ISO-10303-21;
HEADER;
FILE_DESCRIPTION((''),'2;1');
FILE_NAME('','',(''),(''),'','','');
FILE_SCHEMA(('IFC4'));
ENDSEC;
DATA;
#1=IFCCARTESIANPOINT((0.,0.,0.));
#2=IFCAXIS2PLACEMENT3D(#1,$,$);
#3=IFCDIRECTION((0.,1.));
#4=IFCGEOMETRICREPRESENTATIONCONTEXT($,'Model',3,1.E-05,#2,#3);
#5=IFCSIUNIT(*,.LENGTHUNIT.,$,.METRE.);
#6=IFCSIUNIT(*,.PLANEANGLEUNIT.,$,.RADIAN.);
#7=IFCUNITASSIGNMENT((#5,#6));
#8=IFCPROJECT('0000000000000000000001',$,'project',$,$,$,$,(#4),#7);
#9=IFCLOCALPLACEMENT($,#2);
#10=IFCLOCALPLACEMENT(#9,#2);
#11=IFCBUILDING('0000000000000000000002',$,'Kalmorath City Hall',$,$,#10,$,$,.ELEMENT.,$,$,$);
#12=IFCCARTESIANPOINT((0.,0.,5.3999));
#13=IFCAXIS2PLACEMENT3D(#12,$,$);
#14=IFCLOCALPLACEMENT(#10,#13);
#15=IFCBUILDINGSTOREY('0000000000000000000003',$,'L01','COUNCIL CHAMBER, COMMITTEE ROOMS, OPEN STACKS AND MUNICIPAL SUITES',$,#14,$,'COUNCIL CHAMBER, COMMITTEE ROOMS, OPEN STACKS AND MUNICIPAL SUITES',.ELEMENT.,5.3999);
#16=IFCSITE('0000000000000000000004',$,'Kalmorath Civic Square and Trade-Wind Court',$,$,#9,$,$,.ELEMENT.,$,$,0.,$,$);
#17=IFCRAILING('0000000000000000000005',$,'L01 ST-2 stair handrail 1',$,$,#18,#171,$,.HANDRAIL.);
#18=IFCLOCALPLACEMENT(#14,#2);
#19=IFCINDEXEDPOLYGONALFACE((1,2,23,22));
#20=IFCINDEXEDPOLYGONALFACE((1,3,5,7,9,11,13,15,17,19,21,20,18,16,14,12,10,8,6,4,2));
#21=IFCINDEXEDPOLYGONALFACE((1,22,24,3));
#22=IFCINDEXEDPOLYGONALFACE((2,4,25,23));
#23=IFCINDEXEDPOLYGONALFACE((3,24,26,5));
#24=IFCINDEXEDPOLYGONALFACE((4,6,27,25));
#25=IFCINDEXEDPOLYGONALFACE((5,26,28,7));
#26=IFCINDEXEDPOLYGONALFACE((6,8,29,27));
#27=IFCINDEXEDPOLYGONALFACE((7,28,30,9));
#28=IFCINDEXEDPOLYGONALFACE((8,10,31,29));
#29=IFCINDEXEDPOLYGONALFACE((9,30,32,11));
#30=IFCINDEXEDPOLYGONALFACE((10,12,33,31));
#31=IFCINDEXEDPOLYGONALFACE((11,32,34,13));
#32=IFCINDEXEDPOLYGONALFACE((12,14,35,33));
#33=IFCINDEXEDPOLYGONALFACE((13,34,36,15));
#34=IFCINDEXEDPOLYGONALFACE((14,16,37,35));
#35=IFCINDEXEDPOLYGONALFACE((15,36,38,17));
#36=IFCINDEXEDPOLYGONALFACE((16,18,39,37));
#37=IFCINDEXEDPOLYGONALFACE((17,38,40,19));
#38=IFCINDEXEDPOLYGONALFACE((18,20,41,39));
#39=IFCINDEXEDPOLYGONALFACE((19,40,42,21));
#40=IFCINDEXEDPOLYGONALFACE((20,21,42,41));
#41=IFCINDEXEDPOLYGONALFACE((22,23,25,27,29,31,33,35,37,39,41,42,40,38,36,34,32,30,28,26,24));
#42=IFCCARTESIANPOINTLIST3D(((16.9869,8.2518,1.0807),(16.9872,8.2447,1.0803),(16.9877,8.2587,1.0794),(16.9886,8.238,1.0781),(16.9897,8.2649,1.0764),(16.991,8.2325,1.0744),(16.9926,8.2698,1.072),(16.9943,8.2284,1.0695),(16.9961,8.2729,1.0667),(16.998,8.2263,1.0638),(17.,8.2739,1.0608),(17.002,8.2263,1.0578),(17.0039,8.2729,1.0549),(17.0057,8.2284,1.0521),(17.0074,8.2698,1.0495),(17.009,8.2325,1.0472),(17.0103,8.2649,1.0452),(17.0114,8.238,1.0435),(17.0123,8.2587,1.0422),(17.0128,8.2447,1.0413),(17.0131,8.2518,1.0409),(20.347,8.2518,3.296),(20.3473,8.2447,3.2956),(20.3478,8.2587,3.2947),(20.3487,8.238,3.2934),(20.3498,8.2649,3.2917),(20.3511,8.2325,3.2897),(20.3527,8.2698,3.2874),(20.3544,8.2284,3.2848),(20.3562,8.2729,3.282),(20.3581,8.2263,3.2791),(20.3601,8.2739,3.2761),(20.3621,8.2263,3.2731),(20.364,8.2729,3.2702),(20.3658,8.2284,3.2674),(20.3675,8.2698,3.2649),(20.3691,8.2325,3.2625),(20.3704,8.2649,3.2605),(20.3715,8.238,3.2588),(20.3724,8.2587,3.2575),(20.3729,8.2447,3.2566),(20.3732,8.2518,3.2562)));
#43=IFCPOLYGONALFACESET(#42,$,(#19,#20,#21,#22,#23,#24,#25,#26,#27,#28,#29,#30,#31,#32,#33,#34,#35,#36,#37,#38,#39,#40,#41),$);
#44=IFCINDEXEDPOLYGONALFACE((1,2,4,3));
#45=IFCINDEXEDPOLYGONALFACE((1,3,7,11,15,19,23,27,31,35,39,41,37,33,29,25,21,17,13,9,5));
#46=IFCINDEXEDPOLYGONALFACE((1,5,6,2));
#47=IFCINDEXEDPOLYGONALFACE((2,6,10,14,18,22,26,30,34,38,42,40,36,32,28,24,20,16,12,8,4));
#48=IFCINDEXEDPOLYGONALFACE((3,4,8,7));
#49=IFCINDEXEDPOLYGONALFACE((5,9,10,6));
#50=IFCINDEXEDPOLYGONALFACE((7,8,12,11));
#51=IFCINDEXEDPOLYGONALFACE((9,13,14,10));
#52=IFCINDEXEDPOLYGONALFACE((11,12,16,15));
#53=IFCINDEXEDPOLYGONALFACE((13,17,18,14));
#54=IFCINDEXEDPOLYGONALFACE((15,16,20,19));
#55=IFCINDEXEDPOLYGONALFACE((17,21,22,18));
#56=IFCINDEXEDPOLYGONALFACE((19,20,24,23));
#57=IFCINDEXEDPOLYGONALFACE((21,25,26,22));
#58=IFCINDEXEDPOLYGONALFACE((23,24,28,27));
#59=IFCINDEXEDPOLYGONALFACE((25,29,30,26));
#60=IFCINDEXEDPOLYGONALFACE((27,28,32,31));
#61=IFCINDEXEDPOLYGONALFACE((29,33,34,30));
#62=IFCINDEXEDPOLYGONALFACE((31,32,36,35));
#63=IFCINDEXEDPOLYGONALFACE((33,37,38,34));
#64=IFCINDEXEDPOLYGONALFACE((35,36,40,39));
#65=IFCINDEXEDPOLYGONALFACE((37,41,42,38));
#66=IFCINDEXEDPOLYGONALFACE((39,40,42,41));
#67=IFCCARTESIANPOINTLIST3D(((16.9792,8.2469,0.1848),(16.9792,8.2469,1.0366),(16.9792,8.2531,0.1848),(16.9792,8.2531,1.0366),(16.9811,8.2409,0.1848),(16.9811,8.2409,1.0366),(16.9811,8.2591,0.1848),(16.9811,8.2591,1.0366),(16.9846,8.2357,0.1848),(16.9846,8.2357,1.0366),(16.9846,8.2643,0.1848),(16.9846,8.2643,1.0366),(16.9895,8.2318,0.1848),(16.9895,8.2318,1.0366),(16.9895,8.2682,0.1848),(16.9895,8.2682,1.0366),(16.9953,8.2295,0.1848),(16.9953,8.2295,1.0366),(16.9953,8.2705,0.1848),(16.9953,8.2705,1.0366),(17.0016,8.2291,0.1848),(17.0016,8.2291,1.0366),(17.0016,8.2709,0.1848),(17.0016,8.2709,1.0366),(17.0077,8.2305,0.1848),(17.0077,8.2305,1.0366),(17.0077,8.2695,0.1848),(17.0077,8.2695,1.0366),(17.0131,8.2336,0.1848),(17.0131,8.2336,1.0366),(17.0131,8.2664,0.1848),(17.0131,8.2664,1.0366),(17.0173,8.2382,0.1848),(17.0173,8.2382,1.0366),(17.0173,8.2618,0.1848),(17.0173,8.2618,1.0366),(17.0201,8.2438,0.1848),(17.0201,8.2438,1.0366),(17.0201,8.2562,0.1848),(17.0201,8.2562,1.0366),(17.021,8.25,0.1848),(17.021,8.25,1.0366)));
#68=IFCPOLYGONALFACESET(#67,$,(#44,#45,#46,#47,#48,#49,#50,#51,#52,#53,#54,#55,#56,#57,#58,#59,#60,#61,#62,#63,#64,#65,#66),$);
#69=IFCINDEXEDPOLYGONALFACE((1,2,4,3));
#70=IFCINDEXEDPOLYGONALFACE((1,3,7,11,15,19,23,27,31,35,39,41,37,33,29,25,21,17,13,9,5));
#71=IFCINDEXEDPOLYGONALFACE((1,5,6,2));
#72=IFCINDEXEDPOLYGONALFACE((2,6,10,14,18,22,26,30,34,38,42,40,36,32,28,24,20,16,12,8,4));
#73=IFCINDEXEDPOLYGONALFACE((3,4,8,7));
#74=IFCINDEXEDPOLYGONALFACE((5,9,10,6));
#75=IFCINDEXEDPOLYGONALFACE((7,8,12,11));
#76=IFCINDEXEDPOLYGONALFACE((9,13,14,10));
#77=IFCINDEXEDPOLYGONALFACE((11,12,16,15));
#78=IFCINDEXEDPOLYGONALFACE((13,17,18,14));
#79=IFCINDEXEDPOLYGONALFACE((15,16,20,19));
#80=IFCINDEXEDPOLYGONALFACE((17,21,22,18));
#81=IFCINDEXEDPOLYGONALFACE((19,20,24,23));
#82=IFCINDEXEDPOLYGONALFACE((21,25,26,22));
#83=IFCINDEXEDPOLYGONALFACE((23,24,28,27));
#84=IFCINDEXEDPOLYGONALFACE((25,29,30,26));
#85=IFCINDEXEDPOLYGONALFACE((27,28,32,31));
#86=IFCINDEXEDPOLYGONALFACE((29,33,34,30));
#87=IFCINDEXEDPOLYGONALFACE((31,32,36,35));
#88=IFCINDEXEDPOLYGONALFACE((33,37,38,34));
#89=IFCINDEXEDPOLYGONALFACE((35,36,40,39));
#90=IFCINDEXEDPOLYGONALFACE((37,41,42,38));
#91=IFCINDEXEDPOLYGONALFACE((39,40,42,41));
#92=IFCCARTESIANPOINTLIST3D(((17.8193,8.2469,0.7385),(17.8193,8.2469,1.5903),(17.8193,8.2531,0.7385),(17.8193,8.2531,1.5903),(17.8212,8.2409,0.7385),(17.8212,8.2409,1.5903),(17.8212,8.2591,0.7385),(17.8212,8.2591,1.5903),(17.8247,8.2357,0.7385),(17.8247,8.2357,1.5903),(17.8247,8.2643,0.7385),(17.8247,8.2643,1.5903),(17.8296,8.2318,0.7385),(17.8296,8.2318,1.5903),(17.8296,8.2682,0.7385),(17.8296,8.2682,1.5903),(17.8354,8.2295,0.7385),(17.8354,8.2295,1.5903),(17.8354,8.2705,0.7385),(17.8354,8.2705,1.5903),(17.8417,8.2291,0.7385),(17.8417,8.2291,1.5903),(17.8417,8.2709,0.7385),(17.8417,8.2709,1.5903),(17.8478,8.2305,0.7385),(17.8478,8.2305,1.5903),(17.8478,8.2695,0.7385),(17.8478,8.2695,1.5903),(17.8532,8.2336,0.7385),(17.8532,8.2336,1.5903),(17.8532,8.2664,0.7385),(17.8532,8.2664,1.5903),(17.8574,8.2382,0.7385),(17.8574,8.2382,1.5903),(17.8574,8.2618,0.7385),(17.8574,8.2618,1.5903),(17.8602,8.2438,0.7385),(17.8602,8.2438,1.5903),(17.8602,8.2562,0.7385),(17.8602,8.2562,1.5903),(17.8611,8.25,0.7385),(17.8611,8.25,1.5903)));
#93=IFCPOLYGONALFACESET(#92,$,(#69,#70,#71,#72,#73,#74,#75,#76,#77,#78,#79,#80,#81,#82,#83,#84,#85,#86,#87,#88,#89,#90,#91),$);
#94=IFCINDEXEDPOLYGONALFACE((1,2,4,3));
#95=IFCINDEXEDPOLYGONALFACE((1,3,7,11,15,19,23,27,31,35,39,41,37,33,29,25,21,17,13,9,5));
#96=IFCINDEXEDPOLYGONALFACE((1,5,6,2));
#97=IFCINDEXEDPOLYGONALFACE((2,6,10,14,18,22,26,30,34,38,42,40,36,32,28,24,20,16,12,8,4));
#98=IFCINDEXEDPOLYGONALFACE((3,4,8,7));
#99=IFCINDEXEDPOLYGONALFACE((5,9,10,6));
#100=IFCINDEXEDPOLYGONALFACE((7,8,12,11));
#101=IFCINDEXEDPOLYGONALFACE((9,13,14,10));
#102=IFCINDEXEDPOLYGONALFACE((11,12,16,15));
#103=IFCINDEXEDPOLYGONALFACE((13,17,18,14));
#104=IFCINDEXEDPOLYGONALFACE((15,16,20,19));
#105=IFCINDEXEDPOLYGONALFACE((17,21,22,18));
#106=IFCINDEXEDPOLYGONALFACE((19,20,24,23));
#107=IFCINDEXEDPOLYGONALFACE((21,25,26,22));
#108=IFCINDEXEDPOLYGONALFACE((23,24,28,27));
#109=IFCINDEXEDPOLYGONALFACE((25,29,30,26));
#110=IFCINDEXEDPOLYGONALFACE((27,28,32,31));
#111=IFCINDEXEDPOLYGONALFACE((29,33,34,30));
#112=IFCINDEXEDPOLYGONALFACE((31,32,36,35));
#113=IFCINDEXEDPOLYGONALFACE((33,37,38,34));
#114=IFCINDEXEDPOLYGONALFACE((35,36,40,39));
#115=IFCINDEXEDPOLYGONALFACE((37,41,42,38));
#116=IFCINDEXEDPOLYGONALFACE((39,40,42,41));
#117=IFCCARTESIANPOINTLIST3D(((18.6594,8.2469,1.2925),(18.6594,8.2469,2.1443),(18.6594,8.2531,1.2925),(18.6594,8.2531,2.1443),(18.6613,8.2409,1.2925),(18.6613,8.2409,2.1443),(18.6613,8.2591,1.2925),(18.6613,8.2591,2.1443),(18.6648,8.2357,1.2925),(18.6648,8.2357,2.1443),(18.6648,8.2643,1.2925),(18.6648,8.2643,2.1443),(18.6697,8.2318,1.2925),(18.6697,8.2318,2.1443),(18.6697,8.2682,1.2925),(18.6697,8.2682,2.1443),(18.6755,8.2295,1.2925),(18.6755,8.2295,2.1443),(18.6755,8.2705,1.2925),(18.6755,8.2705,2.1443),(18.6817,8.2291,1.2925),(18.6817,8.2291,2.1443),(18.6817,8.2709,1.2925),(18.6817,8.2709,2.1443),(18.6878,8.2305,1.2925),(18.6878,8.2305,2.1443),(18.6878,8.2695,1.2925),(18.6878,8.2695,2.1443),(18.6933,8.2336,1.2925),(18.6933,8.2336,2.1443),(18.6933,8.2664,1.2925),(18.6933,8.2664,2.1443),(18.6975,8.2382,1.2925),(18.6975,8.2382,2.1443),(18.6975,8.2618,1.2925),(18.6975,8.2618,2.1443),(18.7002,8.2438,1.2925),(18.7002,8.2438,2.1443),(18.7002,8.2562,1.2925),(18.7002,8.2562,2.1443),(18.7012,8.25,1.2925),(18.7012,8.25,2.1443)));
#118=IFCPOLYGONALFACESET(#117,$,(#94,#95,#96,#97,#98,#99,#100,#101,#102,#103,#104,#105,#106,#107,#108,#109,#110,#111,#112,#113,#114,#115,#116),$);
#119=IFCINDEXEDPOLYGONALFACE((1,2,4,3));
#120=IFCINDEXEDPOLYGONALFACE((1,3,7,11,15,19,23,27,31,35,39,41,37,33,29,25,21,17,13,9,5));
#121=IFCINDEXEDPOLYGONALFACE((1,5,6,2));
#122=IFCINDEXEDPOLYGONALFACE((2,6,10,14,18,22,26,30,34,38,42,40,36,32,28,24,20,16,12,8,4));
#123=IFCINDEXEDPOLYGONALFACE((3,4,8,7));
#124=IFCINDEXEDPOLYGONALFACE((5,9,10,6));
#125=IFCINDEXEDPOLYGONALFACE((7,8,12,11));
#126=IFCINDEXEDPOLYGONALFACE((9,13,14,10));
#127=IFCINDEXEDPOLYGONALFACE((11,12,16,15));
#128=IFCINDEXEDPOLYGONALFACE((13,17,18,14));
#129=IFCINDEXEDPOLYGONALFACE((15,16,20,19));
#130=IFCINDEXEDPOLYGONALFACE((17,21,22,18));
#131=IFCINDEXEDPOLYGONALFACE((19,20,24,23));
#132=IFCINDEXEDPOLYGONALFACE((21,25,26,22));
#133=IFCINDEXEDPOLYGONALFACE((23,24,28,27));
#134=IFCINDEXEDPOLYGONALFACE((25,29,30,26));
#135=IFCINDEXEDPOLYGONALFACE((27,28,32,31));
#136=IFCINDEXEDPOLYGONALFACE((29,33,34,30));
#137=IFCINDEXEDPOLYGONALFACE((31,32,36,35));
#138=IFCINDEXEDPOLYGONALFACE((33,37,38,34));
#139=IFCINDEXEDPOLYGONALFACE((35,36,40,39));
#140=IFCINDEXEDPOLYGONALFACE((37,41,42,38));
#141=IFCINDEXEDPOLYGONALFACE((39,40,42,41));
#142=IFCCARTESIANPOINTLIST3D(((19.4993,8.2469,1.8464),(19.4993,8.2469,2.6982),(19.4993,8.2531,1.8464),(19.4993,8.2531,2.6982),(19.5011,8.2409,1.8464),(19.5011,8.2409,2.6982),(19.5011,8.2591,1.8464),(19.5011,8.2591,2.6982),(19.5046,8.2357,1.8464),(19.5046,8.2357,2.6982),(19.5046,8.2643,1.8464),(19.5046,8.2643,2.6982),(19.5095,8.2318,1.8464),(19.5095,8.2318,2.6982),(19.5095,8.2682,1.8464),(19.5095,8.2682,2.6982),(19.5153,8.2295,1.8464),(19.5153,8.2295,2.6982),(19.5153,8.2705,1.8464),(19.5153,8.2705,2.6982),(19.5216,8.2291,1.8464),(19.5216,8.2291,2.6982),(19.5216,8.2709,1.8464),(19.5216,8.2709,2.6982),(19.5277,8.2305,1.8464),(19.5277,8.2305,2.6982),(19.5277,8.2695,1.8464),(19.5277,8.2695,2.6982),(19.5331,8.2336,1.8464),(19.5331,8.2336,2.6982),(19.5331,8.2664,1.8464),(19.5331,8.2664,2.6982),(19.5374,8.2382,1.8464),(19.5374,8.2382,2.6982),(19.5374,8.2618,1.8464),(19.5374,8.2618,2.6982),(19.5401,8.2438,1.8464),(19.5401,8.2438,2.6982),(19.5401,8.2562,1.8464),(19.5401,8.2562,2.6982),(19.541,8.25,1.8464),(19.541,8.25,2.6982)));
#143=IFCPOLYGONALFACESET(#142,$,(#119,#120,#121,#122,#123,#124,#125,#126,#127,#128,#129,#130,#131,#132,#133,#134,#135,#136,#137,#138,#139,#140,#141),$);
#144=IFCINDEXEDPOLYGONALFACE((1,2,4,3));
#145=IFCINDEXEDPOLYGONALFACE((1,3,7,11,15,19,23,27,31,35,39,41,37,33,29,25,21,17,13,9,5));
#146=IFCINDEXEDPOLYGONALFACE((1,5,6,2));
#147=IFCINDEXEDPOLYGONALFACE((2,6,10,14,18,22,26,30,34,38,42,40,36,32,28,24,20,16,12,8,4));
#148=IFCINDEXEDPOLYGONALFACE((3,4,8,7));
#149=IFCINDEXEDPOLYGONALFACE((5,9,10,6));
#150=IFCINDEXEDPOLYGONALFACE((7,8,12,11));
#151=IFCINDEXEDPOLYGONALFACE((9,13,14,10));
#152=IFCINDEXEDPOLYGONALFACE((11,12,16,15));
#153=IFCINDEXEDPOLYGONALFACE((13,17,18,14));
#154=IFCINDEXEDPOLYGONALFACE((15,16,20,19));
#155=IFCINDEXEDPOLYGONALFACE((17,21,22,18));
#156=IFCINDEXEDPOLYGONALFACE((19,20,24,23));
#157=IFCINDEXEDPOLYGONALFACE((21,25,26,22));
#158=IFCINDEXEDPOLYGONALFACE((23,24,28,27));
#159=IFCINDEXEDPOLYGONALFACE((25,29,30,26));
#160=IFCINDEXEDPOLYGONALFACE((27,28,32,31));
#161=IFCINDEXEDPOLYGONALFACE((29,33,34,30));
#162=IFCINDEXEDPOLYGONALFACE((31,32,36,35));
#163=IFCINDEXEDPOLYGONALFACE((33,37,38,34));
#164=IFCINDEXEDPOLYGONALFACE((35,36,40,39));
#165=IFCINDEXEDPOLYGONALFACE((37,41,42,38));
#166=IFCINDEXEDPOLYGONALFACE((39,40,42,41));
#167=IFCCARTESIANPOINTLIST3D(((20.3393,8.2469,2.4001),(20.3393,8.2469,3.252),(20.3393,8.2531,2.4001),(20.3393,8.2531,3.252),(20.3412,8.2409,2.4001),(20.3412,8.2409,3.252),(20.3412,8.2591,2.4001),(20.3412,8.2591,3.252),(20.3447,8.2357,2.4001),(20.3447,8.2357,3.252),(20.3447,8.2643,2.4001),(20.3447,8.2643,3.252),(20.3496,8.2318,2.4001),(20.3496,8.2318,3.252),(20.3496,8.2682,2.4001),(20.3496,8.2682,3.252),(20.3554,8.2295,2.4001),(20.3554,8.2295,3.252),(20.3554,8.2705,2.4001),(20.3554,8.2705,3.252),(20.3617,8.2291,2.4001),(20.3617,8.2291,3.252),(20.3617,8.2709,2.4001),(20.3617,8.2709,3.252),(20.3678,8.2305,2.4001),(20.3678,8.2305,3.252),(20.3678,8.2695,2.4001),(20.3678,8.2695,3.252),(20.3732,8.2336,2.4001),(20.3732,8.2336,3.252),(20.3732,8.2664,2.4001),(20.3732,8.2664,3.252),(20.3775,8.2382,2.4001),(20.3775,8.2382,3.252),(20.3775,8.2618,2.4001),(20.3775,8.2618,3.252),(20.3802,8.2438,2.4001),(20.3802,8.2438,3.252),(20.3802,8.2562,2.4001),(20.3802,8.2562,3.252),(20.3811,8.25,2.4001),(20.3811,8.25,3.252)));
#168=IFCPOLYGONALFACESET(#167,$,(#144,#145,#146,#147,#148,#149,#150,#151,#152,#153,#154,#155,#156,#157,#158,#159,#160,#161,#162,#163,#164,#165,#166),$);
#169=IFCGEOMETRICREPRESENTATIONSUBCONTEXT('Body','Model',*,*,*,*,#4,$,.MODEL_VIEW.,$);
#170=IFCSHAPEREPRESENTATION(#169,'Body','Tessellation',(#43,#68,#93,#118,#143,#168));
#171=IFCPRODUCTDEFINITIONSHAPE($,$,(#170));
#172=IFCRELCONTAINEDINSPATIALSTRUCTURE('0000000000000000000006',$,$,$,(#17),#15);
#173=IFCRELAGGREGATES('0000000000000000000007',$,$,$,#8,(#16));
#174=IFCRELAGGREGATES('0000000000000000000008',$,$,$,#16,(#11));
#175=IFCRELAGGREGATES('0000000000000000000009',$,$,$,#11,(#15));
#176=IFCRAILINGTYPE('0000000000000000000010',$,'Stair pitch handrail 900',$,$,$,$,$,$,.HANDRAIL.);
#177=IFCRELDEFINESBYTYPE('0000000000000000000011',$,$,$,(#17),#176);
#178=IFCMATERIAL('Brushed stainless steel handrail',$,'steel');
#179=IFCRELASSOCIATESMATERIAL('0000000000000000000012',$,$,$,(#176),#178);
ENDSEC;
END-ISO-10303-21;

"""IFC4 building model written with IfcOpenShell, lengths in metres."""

from ifc_helpers import new_model, si_unit, direction, frame, origin, origin_2d, place, context, subcontext, project, spatial, circle, extrude, material, type_object, element, save


model = new_model("IFC4")

# Units and contexts
model_context = context("Model", 3, precision=1e-05, world=origin(), true_north=direction((0.0, 1.0)))
body_context = subcontext(model_context, "Body", "Model", "MODEL_VIEW")
ifc_project = project(units=[si_unit("LENGTHUNIT", "METRE"), si_unit("PLANEANGLEUNIT", "RADIAN")], contexts=[model_context])

# Site, building, storey
site_placement = place(None, origin())
site = spatial("IfcSite", under=ifc_project, at=site_placement, Name="Kalmorath Civic Square and Trade-Wind Court", CompositionType="ELEMENT", RefElevation=0.0)
building_placement = place(site_placement, origin())
building = spatial("IfcBuilding", under=site, at=building_placement, Name="Kalmorath City Hall", CompositionType="ELEMENT")
storey_placement = place(building_placement, frame((0.0, 0.0, 5.3999)))
storey = spatial("IfcBuildingStorey", under=building, at=storey_placement, Name="L01", Description="COUNCIL CHAMBER, COMMITTEE ROOMS, OPEN STACKS AND MUNICIPAL SUITES", LongName="COUNCIL CHAMBER, COMMITTEE ROOMS, OPEN STACKS AND MUNICIPAL SUITES", CompositionType="ELEMENT", Elevation=5.3999)

# Railing
ifc_material_1 = material(Name="Brushed stainless steel handrail", Category="steel")
railing_type_1 = type_object("IfcRailingType", Name="Stair pitch handrail 900", PredefinedType="HANDRAIL", material=ifc_material_1)
railing_1_placement = place(storey_placement, frame((17.0, 8.25, 0.1848)))
element("IfcRailing", 1, at=railing_1_placement, inside=storey, type_object=railing_type_1, Name="L01 ST-2 stair handrail 1", PredefinedType="HANDRAIL", context=body_context, shape_type="SweptSolid", body=[
    extrude(circle(Radius=0.0239, at=origin_2d()), frame((0.0, 0.0, 0.876), z_axis=(0.834876, 0.0, 0.550437), x_axis=(0.0, 1.0, 0.0)), (0.0, 0.0, 1.0), 4.0247),
    extrude(circle(Radius=0.021, at=origin_2d()), origin(), (0.0, 0.0, 1.0), 0.8518),
    extrude(circle(Radius=0.021, at=origin_2d()), frame((0.8401, 0.0, 0.5537)), (0.0, 0.0, 1.0), 0.8518),
    extrude(circle(Radius=0.021, at=origin_2d()), frame((1.6802, 0.0, 1.1077)), (0.0, 0.0, 1.0), 0.8518),
    extrude(circle(Radius=0.021, at=origin_2d()), frame((2.52, 0.0, 1.6616)), (0.0, 0.0, 1.0), 0.8518),
    extrude(circle(Radius=0.021, at=origin_2d()), frame((3.3601, 0.0, 2.2153)), (0.0, 0.0, 1.0), 0.8518),
])

save(model, "model.ifc")
